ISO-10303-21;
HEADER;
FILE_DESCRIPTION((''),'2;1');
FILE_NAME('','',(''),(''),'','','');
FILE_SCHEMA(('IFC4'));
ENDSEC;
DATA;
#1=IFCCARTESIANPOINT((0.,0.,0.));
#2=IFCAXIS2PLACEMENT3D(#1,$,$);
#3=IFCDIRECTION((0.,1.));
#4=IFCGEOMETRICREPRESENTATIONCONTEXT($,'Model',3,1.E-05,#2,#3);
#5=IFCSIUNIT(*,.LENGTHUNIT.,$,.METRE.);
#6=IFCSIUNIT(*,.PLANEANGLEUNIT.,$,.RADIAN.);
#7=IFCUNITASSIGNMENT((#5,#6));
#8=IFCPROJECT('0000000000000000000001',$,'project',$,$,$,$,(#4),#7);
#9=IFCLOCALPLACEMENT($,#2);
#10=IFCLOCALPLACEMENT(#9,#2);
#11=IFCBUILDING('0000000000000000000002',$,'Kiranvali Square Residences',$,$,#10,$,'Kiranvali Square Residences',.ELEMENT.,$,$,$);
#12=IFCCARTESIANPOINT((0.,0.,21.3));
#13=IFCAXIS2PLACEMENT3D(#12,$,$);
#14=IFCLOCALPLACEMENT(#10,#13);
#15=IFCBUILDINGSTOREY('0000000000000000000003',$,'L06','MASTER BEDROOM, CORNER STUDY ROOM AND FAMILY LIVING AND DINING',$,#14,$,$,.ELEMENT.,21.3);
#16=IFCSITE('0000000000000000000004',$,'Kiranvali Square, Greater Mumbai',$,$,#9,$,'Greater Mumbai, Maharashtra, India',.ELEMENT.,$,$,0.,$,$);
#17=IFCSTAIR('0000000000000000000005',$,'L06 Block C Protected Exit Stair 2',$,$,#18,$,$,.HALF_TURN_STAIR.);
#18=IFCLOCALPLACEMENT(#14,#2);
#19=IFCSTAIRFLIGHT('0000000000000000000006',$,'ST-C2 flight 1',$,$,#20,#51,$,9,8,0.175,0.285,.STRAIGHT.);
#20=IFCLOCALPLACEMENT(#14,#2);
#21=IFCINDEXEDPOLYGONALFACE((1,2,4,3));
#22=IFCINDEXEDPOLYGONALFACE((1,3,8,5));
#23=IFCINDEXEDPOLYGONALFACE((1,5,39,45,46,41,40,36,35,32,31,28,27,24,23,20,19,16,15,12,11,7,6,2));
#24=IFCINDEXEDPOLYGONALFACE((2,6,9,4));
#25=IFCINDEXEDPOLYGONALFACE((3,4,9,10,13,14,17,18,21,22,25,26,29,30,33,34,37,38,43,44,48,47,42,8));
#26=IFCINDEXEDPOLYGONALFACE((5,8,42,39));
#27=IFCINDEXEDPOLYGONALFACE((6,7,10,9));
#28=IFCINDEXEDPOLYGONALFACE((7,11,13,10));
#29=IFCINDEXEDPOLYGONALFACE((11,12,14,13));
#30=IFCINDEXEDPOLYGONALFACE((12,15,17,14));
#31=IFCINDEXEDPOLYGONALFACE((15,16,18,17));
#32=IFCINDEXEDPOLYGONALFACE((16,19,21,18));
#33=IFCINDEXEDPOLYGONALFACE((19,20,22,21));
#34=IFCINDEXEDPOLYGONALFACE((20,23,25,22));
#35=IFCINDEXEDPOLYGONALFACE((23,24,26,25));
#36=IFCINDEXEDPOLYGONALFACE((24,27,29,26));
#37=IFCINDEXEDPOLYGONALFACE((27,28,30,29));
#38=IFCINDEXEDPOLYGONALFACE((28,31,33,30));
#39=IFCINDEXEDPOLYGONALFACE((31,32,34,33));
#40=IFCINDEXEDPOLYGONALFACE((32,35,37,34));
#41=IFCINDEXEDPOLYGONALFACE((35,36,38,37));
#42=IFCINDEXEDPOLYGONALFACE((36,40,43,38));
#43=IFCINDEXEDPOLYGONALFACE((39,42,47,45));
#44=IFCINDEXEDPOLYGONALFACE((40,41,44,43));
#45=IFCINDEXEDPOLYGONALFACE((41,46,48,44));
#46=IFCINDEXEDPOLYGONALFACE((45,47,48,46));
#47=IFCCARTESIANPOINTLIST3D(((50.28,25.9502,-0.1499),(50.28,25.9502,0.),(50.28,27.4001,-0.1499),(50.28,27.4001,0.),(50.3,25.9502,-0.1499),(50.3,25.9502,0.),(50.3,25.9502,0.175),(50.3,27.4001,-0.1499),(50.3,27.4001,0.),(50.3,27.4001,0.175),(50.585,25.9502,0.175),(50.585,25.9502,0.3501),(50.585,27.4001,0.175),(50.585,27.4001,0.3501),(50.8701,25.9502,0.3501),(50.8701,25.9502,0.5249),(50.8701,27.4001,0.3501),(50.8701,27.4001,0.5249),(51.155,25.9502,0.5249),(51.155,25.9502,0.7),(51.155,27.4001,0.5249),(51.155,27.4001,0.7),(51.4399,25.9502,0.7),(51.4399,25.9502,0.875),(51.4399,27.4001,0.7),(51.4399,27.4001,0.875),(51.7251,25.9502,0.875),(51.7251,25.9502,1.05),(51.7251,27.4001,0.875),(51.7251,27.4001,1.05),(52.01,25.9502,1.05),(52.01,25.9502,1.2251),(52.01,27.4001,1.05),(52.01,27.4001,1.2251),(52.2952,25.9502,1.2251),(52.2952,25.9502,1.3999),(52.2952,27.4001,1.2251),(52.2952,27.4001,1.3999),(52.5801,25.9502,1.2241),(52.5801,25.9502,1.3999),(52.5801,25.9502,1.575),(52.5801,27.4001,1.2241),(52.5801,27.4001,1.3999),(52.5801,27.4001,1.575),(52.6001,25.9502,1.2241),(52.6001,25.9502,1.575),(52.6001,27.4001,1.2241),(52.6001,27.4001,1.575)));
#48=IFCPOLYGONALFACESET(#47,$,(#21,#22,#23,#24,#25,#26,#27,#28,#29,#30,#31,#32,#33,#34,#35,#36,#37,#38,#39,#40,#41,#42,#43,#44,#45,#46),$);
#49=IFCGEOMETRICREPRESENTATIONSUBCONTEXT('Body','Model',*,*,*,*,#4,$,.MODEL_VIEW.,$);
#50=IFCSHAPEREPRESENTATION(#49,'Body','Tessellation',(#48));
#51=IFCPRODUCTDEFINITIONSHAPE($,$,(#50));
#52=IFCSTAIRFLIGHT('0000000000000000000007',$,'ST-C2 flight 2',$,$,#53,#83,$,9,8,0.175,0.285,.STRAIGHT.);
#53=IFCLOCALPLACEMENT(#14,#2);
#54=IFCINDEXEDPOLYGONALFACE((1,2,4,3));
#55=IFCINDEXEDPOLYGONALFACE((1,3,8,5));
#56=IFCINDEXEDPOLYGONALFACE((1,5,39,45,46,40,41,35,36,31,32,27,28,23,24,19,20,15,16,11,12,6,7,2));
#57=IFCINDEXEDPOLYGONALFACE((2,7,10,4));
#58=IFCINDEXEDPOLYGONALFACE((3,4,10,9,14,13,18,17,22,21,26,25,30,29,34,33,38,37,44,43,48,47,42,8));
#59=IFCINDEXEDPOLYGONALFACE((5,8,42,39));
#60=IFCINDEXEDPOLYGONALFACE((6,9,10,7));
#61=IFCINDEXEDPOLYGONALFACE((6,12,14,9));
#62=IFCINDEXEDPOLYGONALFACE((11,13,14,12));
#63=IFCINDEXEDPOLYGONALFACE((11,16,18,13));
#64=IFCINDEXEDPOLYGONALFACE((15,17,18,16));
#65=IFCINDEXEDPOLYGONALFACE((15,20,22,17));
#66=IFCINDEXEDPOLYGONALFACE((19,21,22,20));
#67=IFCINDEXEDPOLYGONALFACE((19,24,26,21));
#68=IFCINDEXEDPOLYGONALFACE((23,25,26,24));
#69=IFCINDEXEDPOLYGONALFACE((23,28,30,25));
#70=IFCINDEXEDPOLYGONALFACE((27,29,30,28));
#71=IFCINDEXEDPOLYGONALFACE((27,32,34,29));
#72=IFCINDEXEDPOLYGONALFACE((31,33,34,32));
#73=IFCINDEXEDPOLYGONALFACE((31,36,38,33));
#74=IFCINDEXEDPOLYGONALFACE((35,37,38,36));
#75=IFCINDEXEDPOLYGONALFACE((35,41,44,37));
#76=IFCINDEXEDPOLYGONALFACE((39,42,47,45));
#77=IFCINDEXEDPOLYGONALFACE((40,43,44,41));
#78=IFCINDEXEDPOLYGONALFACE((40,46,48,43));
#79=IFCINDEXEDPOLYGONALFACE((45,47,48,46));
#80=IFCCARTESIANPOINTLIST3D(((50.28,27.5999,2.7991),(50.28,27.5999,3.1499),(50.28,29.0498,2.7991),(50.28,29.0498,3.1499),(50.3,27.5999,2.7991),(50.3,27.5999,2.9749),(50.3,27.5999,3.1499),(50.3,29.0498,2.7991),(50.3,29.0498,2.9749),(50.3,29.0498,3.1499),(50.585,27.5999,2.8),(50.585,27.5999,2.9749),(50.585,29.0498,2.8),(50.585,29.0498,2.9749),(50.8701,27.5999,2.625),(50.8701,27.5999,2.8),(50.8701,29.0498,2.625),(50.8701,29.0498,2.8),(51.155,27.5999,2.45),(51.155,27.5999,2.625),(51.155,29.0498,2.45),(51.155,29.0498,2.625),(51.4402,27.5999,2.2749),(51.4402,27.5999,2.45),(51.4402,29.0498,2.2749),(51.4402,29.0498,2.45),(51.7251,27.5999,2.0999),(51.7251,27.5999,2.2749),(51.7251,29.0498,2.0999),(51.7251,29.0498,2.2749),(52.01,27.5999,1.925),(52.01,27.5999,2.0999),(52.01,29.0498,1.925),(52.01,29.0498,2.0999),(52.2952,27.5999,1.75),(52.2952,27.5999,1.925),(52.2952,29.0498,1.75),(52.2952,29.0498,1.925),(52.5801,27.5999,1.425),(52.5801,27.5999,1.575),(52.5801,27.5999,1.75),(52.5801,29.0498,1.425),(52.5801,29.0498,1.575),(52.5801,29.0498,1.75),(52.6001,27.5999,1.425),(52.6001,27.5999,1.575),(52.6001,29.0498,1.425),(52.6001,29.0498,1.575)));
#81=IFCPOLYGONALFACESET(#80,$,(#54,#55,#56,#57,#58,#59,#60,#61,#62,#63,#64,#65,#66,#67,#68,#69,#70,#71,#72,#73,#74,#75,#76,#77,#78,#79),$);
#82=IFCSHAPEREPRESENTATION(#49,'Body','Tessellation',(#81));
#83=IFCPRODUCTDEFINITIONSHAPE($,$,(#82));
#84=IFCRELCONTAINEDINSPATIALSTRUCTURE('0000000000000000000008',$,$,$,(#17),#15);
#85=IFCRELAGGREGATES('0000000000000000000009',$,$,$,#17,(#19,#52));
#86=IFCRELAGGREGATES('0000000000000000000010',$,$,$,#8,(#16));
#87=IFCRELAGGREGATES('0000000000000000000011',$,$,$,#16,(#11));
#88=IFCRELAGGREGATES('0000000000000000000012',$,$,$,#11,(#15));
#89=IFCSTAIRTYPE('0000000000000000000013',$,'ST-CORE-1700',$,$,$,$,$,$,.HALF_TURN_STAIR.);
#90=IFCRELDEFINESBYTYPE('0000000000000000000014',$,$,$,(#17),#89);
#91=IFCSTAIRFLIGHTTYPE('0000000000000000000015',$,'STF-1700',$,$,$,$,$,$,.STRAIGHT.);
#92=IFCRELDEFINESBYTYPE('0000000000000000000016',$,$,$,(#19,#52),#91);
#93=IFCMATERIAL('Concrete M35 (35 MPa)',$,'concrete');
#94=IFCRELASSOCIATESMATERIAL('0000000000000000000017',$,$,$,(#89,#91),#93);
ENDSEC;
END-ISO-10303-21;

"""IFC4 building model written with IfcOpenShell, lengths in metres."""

from ifc_helpers import new_model, si_unit, direction, frame, origin, place, context, subcontext, project, spatial, polyline, outline, extrude, material, type_object, element, aggregate, save


model = new_model("IFC4")

# Units and contexts
model_context = context("Model", 3, precision=1e-05, world=origin(), true_north=direction((0.0, 1.0)))
body_context = subcontext(model_context, "Body", "Model", "MODEL_VIEW")
ifc_project = project(units=[si_unit("LENGTHUNIT", "METRE"), si_unit("PLANEANGLEUNIT", "RADIAN")], contexts=[model_context])

# Site, building, storey
site_placement = place(None, origin())
site = spatial("IfcSite", under=ifc_project, at=site_placement, Name="Kiranvali Square, Greater Mumbai", LongName="Greater Mumbai, Maharashtra, India", CompositionType="ELEMENT", RefElevation=0.0)
building_placement = place(site_placement, origin())
building = spatial("IfcBuilding", under=site, at=building_placement, Name="Kiranvali Square Residences", LongName="Kiranvali Square Residences", CompositionType="ELEMENT")
storey_placement = place(building_placement, frame((0.0, 0.0, 21.3)))
storey = spatial("IfcBuildingStorey", under=building, at=storey_placement, Name="L06", Description="MASTER BEDROOM, CORNER STUDY ROOM AND FAMILY LIVING AND DINING", CompositionType="ELEMENT", Elevation=21.3)

# Stair, stair flights
ifc_material_1 = material(Name="Concrete M35 (35 MPa)", Category="concrete")
stair_type = type_object("IfcStairType", Name="ST-CORE-1700", PredefinedType="HALF_TURN_STAIR", material=ifc_material_1)
stair_placement = place(storey_placement, origin())
stair = element("IfcStair", 1, at=stair_placement, inside=storey, type_object=stair_type, Name="L06 Block C Protected Exit Stair 2", PredefinedType="HALF_TURN_STAIR")
stair_flight_type = type_object("IfcStairFlightType", Name="STF-1700", PredefinedType="STRAIGHT", material=ifc_material_1)
stair_flight_1_placement = place(storey_placement, frame((50.3, 26.675, 0.0), z_axis=(0.0, 0.0, 1.0), x_axis=(1.0, 0.0, 0.0)))
stair_flight_1 = element("IfcStairFlight", 2, at=stair_flight_1_placement, type_object=stair_flight_type, Name="ST-C2 flight 1", NumberOfRisers=9, NumberOfTreads=8, PredefinedType="STRAIGHT", RiserHeight=0.175, TreadLength=0.285, context=body_context, shape_type="SweptSolid", body=[
    extrude(outline(polyline([(-0.02, -0.1499), (-0.02, 0.0), (0.0, 0.0), (0.0, 0.175), (0.2849, 0.175), (0.2849, 0.3501), (0.5701, 0.3501), (0.5701, 0.5249), (0.855, 0.5249), (0.855, 0.7), (1.1399, 0.7), (1.1399, 0.875), (1.425, 0.875), (1.425, 1.05), (1.71, 1.05), (1.71, 1.2251), (1.9951, 1.2251), (1.9951, 1.3999), (2.28, 1.3999), (2.28, 1.575), (2.3, 1.575), (2.3, 1.2241), (2.28, 1.2241), (0.0, -0.1499), (-0.02, -0.1499)])), frame((0.0, 0.7251, 0.0), z_axis=(0.0, -1.0, 0.0), x_axis=(1.0, 0.0, 0.0)), (0.0, 0.0, 1.0), 1.45),
])
stair_flight_2_placement = place(storey_placement, frame((52.5801, 28.325, 1.575), z_axis=(0.0, 0.0, 1.0), x_axis=(-1.0, 0.0, 0.0)))
stair_flight_2 = element("IfcStairFlight", 3, at=stair_flight_2_placement, type_object=stair_flight_type, Name="ST-C2 flight 2", NumberOfRisers=9, NumberOfTreads=8, PredefinedType="STRAIGHT", RiserHeight=0.175, TreadLength=0.285, context=body_context, shape_type="SweptSolid", body=[
    extrude(outline(polyline([(-0.02, -0.1499), (-0.02, 0.0), (0.0, 0.0), (0.0, 0.175), (0.2849, 0.175), (0.2849, 0.3501), (0.5701, 0.3501), (0.5701, 0.5249), (0.855, 0.5249), (0.855, 0.7), (1.1399, 0.7), (1.1399, 0.875), (1.425, 0.875), (1.425, 1.05), (1.71, 1.05), (1.71, 1.2251), (1.9951, 1.2251), (1.9951, 1.3999), (2.28, 1.3999), (2.28, 1.575), (2.3, 1.575), (2.3, 1.2241), (2.28, 1.2241), (0.0, -0.1499), (-0.02, -0.1499)])), frame((0.0, 0.7251, 0.0), z_axis=(0.0, -1.0, 0.0), x_axis=(1.0, 0.0, 0.0)), (0.0, 0.0, 1.0), 1.45),
])
aggregate(stair, [stair_flight_1, stair_flight_2])

save(model, "model.ifc")
